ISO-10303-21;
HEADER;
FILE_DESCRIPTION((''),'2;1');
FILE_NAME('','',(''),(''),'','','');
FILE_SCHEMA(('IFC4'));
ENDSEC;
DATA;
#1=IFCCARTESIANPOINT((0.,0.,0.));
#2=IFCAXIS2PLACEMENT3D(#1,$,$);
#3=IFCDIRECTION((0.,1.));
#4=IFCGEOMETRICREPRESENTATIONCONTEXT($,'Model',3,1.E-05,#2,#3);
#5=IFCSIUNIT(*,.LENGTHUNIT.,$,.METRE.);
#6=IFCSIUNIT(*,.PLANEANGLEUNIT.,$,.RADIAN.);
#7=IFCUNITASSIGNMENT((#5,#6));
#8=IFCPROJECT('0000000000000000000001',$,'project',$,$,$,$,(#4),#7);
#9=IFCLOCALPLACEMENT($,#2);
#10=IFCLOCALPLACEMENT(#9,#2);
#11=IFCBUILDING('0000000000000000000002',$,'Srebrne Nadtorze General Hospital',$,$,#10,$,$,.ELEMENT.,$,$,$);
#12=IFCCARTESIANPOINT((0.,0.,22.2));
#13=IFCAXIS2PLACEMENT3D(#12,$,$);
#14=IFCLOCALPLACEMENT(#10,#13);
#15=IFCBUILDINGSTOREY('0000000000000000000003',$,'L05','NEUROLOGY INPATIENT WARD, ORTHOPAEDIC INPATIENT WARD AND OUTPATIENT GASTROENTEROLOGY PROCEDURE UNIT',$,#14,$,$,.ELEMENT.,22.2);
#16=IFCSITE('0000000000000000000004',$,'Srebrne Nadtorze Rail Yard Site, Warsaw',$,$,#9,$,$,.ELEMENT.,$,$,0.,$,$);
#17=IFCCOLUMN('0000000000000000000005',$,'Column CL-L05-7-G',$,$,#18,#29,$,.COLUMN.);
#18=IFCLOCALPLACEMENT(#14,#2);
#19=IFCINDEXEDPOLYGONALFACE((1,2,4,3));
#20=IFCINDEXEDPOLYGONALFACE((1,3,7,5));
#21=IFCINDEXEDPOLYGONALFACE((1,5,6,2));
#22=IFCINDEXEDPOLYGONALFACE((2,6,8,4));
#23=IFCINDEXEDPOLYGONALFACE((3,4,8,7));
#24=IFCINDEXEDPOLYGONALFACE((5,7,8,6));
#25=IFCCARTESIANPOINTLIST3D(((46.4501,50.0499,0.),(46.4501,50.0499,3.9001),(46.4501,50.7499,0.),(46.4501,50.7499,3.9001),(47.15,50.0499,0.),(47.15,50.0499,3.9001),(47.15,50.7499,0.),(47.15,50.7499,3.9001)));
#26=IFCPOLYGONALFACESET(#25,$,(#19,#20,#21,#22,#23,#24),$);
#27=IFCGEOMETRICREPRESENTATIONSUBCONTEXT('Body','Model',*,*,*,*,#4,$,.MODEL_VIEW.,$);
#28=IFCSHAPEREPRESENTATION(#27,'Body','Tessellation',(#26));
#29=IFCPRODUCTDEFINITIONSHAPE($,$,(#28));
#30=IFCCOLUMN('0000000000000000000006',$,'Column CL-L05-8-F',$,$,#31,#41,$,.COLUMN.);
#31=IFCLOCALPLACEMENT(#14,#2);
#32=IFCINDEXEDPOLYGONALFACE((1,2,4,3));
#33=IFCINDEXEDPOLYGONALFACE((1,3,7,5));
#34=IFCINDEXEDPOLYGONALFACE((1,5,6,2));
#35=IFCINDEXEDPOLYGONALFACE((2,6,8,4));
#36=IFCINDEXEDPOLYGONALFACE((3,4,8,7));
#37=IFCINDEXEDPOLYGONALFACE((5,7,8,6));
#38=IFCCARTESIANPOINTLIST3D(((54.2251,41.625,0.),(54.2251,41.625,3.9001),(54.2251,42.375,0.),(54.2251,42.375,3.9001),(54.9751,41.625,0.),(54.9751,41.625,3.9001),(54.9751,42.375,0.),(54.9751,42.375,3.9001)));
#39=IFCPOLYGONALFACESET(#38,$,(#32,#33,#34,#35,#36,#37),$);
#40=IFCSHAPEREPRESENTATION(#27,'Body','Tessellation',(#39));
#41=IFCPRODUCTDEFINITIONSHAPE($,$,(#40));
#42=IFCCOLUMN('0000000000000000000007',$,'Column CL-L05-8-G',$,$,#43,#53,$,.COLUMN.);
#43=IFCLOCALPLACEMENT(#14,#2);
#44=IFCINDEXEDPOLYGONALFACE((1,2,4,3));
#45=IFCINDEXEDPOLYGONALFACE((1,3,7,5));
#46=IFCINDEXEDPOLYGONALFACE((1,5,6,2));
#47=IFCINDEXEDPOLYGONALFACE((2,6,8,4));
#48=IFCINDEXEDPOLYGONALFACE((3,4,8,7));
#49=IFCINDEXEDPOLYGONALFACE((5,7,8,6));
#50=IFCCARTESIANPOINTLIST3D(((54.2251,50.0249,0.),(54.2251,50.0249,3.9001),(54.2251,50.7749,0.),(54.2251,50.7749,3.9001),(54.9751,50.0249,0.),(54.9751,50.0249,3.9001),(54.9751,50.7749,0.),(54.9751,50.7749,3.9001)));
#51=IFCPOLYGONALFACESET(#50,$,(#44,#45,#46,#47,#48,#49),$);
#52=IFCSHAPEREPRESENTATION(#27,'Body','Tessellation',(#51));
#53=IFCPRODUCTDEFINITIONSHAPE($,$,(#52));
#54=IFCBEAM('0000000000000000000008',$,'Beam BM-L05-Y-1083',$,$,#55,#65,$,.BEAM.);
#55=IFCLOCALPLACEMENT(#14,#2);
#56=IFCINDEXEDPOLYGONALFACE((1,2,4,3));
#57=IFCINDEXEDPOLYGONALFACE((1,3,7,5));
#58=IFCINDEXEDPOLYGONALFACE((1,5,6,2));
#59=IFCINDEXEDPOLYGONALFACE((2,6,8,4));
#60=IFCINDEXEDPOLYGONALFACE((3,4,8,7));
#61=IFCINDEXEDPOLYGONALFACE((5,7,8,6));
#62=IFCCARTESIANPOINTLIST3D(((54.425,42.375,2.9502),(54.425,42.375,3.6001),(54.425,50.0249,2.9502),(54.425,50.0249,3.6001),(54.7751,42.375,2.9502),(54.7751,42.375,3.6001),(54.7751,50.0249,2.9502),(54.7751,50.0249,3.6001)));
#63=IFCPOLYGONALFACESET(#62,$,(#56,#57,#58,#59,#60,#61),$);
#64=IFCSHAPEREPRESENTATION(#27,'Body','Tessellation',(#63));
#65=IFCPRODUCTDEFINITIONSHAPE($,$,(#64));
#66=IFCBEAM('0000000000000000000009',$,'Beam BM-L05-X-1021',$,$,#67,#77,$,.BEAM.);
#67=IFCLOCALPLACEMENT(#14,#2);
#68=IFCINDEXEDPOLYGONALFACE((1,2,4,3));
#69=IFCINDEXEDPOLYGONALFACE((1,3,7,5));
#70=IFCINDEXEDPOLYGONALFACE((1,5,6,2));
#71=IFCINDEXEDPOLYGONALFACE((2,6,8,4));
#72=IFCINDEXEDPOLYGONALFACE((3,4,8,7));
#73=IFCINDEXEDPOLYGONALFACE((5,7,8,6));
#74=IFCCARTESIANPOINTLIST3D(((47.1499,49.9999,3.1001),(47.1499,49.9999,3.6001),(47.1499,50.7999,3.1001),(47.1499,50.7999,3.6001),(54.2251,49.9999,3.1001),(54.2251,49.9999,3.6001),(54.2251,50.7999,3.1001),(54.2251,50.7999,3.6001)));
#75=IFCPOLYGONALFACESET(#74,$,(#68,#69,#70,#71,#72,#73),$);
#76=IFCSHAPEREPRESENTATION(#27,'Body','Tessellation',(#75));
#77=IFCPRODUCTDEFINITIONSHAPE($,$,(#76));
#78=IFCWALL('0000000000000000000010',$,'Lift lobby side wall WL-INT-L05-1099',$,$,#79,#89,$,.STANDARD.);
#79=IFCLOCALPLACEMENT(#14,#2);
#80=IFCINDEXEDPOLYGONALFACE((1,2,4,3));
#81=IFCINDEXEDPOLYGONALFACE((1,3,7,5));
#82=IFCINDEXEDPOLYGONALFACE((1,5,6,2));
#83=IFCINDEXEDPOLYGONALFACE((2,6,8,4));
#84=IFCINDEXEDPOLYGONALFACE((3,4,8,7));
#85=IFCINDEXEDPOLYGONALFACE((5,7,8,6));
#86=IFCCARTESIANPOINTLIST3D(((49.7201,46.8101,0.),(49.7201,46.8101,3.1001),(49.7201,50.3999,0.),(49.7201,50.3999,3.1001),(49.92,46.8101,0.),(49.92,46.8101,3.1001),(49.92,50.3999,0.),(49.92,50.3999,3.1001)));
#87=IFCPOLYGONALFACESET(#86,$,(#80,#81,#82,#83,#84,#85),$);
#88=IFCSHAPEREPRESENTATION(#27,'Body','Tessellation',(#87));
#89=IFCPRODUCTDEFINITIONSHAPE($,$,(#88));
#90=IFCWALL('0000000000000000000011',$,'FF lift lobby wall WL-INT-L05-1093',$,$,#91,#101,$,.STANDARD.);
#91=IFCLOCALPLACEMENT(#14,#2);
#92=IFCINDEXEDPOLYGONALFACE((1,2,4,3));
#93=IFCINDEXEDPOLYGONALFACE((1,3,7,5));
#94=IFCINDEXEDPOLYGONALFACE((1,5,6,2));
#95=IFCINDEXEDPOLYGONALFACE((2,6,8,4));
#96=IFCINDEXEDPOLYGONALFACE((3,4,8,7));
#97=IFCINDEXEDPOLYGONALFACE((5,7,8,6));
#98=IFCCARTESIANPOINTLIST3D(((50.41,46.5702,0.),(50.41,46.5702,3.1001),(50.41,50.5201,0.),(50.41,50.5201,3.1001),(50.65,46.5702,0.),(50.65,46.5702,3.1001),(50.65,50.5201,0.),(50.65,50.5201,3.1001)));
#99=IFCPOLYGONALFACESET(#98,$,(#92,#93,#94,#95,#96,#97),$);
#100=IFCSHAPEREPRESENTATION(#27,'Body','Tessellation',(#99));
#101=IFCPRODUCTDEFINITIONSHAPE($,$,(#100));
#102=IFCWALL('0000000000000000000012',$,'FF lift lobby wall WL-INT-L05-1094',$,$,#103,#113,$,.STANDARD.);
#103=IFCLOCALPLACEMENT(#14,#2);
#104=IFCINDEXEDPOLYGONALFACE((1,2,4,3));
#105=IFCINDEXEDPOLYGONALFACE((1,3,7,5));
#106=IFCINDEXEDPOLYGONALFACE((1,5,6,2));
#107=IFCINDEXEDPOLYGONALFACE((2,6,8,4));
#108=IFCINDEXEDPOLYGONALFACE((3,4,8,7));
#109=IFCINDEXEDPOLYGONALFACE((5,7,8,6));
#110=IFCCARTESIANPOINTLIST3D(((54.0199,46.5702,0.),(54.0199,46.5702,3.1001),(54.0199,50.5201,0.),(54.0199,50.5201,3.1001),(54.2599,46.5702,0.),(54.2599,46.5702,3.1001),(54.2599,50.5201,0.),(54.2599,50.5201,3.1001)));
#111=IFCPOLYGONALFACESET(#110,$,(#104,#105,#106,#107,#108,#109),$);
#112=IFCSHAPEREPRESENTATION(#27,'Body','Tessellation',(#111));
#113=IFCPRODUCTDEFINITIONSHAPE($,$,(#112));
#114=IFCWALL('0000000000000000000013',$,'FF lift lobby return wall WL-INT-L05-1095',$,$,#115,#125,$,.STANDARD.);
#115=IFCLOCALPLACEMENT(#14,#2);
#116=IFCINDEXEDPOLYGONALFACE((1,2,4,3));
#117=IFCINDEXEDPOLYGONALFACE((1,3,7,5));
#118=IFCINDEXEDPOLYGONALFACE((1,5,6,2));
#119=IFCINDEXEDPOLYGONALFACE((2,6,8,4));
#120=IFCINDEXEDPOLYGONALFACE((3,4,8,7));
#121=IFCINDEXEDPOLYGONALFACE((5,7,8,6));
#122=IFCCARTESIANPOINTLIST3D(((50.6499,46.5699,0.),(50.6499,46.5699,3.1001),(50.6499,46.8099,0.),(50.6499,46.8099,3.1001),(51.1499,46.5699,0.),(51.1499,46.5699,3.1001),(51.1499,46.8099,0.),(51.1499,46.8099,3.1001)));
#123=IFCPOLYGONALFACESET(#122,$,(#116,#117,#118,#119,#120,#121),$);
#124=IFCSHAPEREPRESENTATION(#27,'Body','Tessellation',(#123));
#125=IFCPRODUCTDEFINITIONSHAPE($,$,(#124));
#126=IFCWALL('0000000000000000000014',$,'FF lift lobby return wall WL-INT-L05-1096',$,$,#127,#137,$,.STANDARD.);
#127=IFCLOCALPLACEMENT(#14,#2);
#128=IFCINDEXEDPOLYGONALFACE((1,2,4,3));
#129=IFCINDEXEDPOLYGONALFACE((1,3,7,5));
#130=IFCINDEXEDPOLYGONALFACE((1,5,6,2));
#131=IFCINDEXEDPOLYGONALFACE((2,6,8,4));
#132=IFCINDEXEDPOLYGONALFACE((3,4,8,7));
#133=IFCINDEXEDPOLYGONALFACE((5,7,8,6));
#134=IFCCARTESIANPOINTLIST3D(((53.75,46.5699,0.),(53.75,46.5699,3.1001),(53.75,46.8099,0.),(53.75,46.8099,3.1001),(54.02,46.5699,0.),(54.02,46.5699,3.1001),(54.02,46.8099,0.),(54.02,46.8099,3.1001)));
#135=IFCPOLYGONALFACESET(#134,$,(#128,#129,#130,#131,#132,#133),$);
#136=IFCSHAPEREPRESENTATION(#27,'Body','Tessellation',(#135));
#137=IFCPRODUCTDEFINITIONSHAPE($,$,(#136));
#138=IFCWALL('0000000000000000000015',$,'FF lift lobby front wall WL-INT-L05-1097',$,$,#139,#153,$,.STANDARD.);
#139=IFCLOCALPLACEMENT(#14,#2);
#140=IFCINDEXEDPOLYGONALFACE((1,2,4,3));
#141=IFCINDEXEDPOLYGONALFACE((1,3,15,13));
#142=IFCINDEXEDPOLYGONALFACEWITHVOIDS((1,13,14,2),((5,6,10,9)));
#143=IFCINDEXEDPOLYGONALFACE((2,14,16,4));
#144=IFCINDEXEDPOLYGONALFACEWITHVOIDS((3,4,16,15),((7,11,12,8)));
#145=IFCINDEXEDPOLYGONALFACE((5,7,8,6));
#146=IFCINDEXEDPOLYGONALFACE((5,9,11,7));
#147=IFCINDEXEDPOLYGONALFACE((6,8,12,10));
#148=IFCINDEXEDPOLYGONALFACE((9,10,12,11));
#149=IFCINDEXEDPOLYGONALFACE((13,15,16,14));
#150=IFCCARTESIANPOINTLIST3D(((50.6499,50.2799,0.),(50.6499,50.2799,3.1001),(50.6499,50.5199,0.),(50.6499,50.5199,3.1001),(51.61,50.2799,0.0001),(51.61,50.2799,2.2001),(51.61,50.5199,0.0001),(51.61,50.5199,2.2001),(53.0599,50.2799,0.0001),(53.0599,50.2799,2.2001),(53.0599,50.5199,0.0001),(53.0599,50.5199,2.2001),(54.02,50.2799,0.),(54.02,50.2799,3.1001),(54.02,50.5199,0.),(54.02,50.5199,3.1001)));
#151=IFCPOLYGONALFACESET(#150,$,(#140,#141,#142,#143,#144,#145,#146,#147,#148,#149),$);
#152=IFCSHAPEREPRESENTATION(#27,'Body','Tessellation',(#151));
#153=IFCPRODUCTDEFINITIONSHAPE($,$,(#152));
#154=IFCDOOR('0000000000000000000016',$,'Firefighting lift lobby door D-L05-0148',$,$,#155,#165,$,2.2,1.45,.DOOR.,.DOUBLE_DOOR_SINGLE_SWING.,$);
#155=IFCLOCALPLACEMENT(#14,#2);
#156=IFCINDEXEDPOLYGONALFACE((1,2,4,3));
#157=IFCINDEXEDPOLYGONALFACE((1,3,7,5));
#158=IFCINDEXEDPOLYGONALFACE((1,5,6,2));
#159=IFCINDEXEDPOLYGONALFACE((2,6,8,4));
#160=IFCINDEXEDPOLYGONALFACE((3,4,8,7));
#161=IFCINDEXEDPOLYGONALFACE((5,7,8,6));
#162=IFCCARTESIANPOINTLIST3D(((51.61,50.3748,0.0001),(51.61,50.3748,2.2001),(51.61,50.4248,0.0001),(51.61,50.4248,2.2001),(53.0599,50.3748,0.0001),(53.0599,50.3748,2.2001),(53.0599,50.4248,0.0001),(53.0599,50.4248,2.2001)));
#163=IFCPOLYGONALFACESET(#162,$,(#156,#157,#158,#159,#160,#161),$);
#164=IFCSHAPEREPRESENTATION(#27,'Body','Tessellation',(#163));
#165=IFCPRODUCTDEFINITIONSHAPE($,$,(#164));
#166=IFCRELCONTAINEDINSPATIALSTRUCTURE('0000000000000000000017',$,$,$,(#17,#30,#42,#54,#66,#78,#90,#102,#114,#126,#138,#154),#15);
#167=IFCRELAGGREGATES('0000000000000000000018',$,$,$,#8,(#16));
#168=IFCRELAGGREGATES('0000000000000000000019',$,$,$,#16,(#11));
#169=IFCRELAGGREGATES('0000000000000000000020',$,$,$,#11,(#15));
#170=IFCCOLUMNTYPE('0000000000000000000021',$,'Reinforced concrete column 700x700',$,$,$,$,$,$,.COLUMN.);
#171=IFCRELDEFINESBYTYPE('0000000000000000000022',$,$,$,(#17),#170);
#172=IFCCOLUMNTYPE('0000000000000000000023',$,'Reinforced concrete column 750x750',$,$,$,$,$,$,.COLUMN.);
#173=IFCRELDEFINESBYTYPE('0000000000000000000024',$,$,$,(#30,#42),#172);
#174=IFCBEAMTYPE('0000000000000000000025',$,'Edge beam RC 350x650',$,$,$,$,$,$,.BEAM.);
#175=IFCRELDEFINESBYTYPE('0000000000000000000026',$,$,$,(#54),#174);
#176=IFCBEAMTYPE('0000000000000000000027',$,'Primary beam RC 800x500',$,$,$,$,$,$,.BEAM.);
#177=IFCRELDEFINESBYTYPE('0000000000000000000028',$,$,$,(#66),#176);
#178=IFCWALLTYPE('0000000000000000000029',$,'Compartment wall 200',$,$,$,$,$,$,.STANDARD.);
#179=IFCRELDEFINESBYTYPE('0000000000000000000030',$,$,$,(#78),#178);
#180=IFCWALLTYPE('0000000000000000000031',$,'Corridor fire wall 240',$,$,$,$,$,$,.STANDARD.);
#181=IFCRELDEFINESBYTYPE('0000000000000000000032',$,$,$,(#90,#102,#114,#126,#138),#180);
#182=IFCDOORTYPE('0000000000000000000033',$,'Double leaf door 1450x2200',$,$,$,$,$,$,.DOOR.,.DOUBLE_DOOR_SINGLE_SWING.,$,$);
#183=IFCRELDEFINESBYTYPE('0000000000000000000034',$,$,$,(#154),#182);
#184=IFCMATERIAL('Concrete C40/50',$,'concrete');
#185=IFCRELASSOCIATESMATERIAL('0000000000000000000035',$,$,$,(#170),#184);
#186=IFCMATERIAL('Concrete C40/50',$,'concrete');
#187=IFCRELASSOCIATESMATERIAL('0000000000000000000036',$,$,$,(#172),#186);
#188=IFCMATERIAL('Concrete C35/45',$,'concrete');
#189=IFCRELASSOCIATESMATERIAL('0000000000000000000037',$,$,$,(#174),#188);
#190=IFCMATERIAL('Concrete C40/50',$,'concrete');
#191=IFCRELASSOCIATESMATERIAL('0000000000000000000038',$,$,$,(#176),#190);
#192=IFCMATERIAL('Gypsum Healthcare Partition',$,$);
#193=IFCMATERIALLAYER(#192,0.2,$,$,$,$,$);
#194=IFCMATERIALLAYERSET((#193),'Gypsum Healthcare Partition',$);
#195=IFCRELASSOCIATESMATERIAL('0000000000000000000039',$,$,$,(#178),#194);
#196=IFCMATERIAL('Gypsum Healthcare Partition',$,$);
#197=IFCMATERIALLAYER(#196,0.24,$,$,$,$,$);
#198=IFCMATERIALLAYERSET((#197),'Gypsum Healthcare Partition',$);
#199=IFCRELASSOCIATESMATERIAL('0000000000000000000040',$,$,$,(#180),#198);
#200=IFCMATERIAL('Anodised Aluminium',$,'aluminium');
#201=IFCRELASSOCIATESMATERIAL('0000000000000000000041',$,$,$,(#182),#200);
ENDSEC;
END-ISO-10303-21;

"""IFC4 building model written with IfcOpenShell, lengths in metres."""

from ifc_helpers import new_model, si_unit, direction, frame, frame_2d, origin, origin_2d, place, context, subcontext, project, spatial, rectangle, extrude, material, layer, layer_set, material_profile, profile_set, type_object, element, fill, save


model = new_model("IFC4")

# Units and contexts
model_context = context("Model", 3, precision=1e-05, world=origin(), true_north=direction((0.0, 1.0)))
body_context = subcontext(model_context, "Body", "Model", "MODEL_VIEW")
ifc_project = project(units=[si_unit("LENGTHUNIT", "METRE"), si_unit("PLANEANGLEUNIT", "RADIAN")], contexts=[model_context])

# Site, building, storey
site_placement = place(None, origin())
site = spatial("IfcSite", under=ifc_project, at=site_placement, Name="Srebrne Nadtorze Rail Yard Site, Warsaw", CompositionType="ELEMENT", RefElevation=0.0)
building_placement = place(site_placement, origin())
building = spatial("IfcBuilding", under=site, at=building_placement, Name="Srebrne Nadtorze General Hospital", CompositionType="ELEMENT")
storey_placement = place(building_placement, frame((0.0, 0.0, 22.2)))
storey = spatial("IfcBuildingStorey", under=building, at=storey_placement, Name="L05", Description="NEUROLOGY INPATIENT WARD, ORTHOPAEDIC INPATIENT WARD AND OUTPATIENT GASTROENTEROLOGY PROCEDURE UNIT", CompositionType="ELEMENT", Elevation=22.2)

# Columns
ifc_material_1 = material(Name="Concrete C40/50", Category="concrete")
ifc_material_profile_1 = material_profile(ifc_material_1, rectangle(XDim=0.7, YDim=0.7, at=origin_2d()), Name="RC-COL-700x700")
ifc_profile_set_1 = profile_set([ifc_material_profile_1], Name="Concrete C40/50")
column_type_1 = type_object("IfcColumnType", Name="Reinforced concrete column 700x700", PredefinedType="COLUMN", material=ifc_profile_set_1)
column_placement = place(storey_placement, frame((46.8, 50.3999, 0.0), z_axis=(0.0, 0.0, 1.0), x_axis=(1.0, 0.0, 0.0)))
element("IfcColumn", 1, at=column_placement, inside=storey, type_object=column_type_1, Name="Column CL-L05-7-G", PredefinedType="COLUMN", context=body_context, shape_type="SweptSolid", body=[
    extrude(rectangle(XDim=0.7, YDim=0.7, at=origin_2d()), origin(), (0.0, 0.0, 1.0), 3.9001),
])
ifc_material_2 = material(Name="Concrete C40/50", Category="concrete")
ifc_material_profile_2 = material_profile(ifc_material_2, rectangle(XDim=0.75, YDim=0.75, at=origin_2d()), Name="RC-COL-750x750")
ifc_profile_set_2 = profile_set([ifc_material_profile_2], Name="Concrete C40/50")
column_type_2 = type_object("IfcColumnType", Name="Reinforced concrete column 750x750", PredefinedType="COLUMN", material=ifc_profile_set_2)
for number, where, z_axis, x_axis, name in (
    (2, (54.6001, 42.0, 0.0), (0.0, 0.0, 1.0), (1.0, 0.0, 0.0), "Column CL-L05-8-F"),
    (3, (54.6001, 50.3999, 0.0), (0.0, 0.0, 1.0), (1.0, 0.0, 0.0), "Column CL-L05-8-G"),
):
    element("IfcColumn", number, at=place(storey_placement, frame(where, z_axis=z_axis, x_axis=x_axis)), inside=storey, type_object=column_type_2, Name=name, PredefinedType="COLUMN", context=body_context, shape_type="SweptSolid", body=[
        extrude(rectangle(XDim=0.75, YDim=0.75, at=origin_2d()), origin(), (0.0, 0.0, 1.0), 3.9001),
    ])

# Beams
ifc_material_3 = material(Name="Concrete C35/45", Category="concrete")
ifc_material_profile_3 = material_profile(ifc_material_3, rectangle(XDim=0.3501, YDim=0.6499, at=origin_2d()), Name="RC-BM-350x650")
ifc_profile_set_3 = profile_set([ifc_material_profile_3], Name="Concrete C35/45")
beam_type_1 = type_object("IfcBeamType", Name="Edge beam RC 350x650", PredefinedType="BEAM", material=ifc_profile_set_3)
beam_1_placement = place(storey_placement, frame((54.6001, 42.375, 3.2751), z_axis=(0.0, 1.0, 0.0), x_axis=(-1.0, 0.0, 0.0)))
element("IfcBeam", 4, at=beam_1_placement, inside=storey, type_object=beam_type_1, Name="Beam BM-L05-Y-1083", PredefinedType="BEAM", context=body_context, shape_type="SweptSolid", body=[
    extrude(rectangle(XDim=0.3501, YDim=0.6499, at=origin_2d()), origin(), (0.0, 0.0, 1.0), 7.6499),
])
ifc_material_4 = material(Name="Concrete C40/50", Category="concrete")
ifc_material_profile_4 = material_profile(ifc_material_4, rectangle(XDim=0.8, YDim=0.5, at=origin_2d()), Name="RC-BM-800x500")
ifc_profile_set_4 = profile_set([ifc_material_profile_4], Name="Concrete C40/50")
beam_type_2 = type_object("IfcBeamType", Name="Primary beam RC 800x500", PredefinedType="BEAM", material=ifc_profile_set_4)
beam_2_placement = place(storey_placement, frame((47.1499, 50.3999, 3.3501), z_axis=(1.0, 0.0, 0.0), x_axis=(0.0, 1.0, 0.0)))
element("IfcBeam", 5, at=beam_2_placement, inside=storey, type_object=beam_type_2, Name="Beam BM-L05-X-1021", PredefinedType="BEAM", context=body_context, shape_type="SweptSolid", body=[
    extrude(rectangle(XDim=0.8, YDim=0.5, at=origin_2d()), origin(), (0.0, 0.0, 1.0), 7.0752),
])

# Walls
ifc_material_5 = material(Name="Gypsum Healthcare Partition")
ifc_layer_1 = layer(ifc_material_5, 0.2)
ifc_layer_set_1 = layer_set([ifc_layer_1], Name="Gypsum Healthcare Partition")
wall_type_1 = type_object("IfcWallType", Name="Compartment wall 200", PredefinedType="STANDARD", material=ifc_layer_set_1)
wall_1_placement = place(storey_placement, frame((49.8201, 46.8101, 0.0), z_axis=(0.0, 0.0, 1.0), x_axis=(0.0, 1.0, 0.0)))
element("IfcWall", 6, at=wall_1_placement, inside=storey, type_object=wall_type_1, Name="Lift lobby side wall WL-INT-L05-1099", PredefinedType="STANDARD", context=body_context, shape_type="SweptSolid", body=[
    extrude(rectangle(XDim=3.5898, YDim=0.2, at=frame_2d((1.7949, 0.0))), origin(), (0.0, 0.0, 1.0), 3.1001),
])
ifc_material_6 = material(Name="Gypsum Healthcare Partition")
ifc_layer_2 = layer(ifc_material_6, 0.24)
ifc_layer_set_2 = layer_set([ifc_layer_2], Name="Gypsum Healthcare Partition")
wall_type_2 = type_object("IfcWallType", Name="Corridor fire wall 240", PredefinedType="STANDARD", material=ifc_layer_set_2)
for number, where, z_axis, x_axis, name in (
    (7, (50.53, 46.5701, 0.0), (0.0, 0.0, 1.0), (0.0, 1.0, 0.0), "FF lift lobby wall WL-INT-L05-1093"),
    (8, (54.1399, 46.5701, 0.0), (0.0, 0.0, 1.0), (0.0, 1.0, 0.0), "FF lift lobby wall WL-INT-L05-1094"),
):
    element("IfcWall", number, at=place(storey_placement, frame(where, z_axis=z_axis, x_axis=x_axis)), inside=storey, type_object=wall_type_2, Name=name, PredefinedType="STANDARD", context=body_context, shape_type="SweptSolid", body=[
        extrude(rectangle(XDim=3.95, YDim=0.24, at=frame_2d((1.9751, 0.0))), origin(), (0.0, 0.0, 1.0), 3.1001),
    ])
wall_2_placement = place(storey_placement, frame((50.6499, 46.6899, 0.0), z_axis=(0.0, 0.0, 1.0), x_axis=(1.0, 0.0, 0.0)))
element("IfcWall", 9, at=wall_2_placement, inside=storey, type_object=wall_type_2, Name="FF lift lobby return wall WL-INT-L05-1095", PredefinedType="STANDARD", context=body_context, shape_type="SweptSolid", body=[
    extrude(rectangle(XDim=0.5, YDim=0.24, at=frame_2d((0.25, 0.0))), origin(), (0.0, 0.0, 1.0), 3.1001),
])
wall_3_placement = place(storey_placement, frame((53.75, 46.6899, 0.0), z_axis=(0.0, 0.0, 1.0), x_axis=(1.0, 0.0, 0.0)))
element("IfcWall", 10, at=wall_3_placement, inside=storey, type_object=wall_type_2, Name="FF lift lobby return wall WL-INT-L05-1096", PredefinedType="STANDARD", context=body_context, shape_type="SweptSolid", body=[
    extrude(rectangle(XDim=0.27, YDim=0.24, at=frame_2d((0.135, 0.0))), origin(), (0.0, 0.0, 1.0), 3.1001),
])

# Wall, opening, door
wall_4_placement = place(storey_placement, frame((50.6499, 50.3999, 0.0), z_axis=(0.0, 0.0, 1.0), x_axis=(1.0, 0.0, 0.0)))
wall_4 = element("IfcWall", 11, at=wall_4_placement, inside=storey, type_object=wall_type_2, Name="FF lift lobby front wall WL-INT-L05-1097", PredefinedType="STANDARD", context=body_context, shape_type="SweptSolid", body=[
    extrude(rectangle(XDim=3.3701, YDim=0.24, at=frame_2d((1.6851, 0.0))), origin(), (0.0, 0.0, 1.0), 3.1001),
])
opening_1_placement = place(wall_4_placement, frame((0.96, 0.0, 0.0)))
opening_1 = element("IfcOpeningElement", 12, at=opening_1_placement, cuts=wall_4, PredefinedType="OPENING", context=body_context, shape_type="SweptSolid", body=[
    extrude(rectangle(XDim=1.45, YDim=2.2, at=frame_2d((0.7251, 1.1001))), frame((0.0, 0.1318, 0.0), z_axis=(0.0, -1.0, 0.0), x_axis=(1.0, 0.0, 0.0)), (0.0, 0.0, 1.0), 0.2639),
])
ifc_material_7 = material(Name="Anodised Aluminium", Category="aluminium")
door_type_1 = type_object("IfcDoorType", Name="Double leaf door 1450x2200", OperationType="DOUBLE_DOOR_SINGLE_SWING", PredefinedType="DOOR", material=ifc_material_7)
door_1_placement = place(opening_1_placement, origin())
door_1 = element("IfcDoor", 13, at=door_1_placement, inside=storey, type_object=door_type_1, Name="Firefighting lift lobby door D-L05-0148", OperationType="DOUBLE_DOOR_SINGLE_SWING", OverallHeight=2.2, OverallWidth=1.45, PredefinedType="DOOR", context=body_context, shape_type="SweptSolid", body=[
    extrude(rectangle(XDim=1.45, YDim=2.2, at=frame_2d((0.7251, 1.1001))), frame((0.0, 0.0249, 0.0), z_axis=(0.0, -1.0, 0.0), x_axis=(1.0, 0.0, 0.0)), (0.0, 0.0, 1.0), 0.05),
])
fill(opening_1, door_1)

save(model, "model.ifc")
